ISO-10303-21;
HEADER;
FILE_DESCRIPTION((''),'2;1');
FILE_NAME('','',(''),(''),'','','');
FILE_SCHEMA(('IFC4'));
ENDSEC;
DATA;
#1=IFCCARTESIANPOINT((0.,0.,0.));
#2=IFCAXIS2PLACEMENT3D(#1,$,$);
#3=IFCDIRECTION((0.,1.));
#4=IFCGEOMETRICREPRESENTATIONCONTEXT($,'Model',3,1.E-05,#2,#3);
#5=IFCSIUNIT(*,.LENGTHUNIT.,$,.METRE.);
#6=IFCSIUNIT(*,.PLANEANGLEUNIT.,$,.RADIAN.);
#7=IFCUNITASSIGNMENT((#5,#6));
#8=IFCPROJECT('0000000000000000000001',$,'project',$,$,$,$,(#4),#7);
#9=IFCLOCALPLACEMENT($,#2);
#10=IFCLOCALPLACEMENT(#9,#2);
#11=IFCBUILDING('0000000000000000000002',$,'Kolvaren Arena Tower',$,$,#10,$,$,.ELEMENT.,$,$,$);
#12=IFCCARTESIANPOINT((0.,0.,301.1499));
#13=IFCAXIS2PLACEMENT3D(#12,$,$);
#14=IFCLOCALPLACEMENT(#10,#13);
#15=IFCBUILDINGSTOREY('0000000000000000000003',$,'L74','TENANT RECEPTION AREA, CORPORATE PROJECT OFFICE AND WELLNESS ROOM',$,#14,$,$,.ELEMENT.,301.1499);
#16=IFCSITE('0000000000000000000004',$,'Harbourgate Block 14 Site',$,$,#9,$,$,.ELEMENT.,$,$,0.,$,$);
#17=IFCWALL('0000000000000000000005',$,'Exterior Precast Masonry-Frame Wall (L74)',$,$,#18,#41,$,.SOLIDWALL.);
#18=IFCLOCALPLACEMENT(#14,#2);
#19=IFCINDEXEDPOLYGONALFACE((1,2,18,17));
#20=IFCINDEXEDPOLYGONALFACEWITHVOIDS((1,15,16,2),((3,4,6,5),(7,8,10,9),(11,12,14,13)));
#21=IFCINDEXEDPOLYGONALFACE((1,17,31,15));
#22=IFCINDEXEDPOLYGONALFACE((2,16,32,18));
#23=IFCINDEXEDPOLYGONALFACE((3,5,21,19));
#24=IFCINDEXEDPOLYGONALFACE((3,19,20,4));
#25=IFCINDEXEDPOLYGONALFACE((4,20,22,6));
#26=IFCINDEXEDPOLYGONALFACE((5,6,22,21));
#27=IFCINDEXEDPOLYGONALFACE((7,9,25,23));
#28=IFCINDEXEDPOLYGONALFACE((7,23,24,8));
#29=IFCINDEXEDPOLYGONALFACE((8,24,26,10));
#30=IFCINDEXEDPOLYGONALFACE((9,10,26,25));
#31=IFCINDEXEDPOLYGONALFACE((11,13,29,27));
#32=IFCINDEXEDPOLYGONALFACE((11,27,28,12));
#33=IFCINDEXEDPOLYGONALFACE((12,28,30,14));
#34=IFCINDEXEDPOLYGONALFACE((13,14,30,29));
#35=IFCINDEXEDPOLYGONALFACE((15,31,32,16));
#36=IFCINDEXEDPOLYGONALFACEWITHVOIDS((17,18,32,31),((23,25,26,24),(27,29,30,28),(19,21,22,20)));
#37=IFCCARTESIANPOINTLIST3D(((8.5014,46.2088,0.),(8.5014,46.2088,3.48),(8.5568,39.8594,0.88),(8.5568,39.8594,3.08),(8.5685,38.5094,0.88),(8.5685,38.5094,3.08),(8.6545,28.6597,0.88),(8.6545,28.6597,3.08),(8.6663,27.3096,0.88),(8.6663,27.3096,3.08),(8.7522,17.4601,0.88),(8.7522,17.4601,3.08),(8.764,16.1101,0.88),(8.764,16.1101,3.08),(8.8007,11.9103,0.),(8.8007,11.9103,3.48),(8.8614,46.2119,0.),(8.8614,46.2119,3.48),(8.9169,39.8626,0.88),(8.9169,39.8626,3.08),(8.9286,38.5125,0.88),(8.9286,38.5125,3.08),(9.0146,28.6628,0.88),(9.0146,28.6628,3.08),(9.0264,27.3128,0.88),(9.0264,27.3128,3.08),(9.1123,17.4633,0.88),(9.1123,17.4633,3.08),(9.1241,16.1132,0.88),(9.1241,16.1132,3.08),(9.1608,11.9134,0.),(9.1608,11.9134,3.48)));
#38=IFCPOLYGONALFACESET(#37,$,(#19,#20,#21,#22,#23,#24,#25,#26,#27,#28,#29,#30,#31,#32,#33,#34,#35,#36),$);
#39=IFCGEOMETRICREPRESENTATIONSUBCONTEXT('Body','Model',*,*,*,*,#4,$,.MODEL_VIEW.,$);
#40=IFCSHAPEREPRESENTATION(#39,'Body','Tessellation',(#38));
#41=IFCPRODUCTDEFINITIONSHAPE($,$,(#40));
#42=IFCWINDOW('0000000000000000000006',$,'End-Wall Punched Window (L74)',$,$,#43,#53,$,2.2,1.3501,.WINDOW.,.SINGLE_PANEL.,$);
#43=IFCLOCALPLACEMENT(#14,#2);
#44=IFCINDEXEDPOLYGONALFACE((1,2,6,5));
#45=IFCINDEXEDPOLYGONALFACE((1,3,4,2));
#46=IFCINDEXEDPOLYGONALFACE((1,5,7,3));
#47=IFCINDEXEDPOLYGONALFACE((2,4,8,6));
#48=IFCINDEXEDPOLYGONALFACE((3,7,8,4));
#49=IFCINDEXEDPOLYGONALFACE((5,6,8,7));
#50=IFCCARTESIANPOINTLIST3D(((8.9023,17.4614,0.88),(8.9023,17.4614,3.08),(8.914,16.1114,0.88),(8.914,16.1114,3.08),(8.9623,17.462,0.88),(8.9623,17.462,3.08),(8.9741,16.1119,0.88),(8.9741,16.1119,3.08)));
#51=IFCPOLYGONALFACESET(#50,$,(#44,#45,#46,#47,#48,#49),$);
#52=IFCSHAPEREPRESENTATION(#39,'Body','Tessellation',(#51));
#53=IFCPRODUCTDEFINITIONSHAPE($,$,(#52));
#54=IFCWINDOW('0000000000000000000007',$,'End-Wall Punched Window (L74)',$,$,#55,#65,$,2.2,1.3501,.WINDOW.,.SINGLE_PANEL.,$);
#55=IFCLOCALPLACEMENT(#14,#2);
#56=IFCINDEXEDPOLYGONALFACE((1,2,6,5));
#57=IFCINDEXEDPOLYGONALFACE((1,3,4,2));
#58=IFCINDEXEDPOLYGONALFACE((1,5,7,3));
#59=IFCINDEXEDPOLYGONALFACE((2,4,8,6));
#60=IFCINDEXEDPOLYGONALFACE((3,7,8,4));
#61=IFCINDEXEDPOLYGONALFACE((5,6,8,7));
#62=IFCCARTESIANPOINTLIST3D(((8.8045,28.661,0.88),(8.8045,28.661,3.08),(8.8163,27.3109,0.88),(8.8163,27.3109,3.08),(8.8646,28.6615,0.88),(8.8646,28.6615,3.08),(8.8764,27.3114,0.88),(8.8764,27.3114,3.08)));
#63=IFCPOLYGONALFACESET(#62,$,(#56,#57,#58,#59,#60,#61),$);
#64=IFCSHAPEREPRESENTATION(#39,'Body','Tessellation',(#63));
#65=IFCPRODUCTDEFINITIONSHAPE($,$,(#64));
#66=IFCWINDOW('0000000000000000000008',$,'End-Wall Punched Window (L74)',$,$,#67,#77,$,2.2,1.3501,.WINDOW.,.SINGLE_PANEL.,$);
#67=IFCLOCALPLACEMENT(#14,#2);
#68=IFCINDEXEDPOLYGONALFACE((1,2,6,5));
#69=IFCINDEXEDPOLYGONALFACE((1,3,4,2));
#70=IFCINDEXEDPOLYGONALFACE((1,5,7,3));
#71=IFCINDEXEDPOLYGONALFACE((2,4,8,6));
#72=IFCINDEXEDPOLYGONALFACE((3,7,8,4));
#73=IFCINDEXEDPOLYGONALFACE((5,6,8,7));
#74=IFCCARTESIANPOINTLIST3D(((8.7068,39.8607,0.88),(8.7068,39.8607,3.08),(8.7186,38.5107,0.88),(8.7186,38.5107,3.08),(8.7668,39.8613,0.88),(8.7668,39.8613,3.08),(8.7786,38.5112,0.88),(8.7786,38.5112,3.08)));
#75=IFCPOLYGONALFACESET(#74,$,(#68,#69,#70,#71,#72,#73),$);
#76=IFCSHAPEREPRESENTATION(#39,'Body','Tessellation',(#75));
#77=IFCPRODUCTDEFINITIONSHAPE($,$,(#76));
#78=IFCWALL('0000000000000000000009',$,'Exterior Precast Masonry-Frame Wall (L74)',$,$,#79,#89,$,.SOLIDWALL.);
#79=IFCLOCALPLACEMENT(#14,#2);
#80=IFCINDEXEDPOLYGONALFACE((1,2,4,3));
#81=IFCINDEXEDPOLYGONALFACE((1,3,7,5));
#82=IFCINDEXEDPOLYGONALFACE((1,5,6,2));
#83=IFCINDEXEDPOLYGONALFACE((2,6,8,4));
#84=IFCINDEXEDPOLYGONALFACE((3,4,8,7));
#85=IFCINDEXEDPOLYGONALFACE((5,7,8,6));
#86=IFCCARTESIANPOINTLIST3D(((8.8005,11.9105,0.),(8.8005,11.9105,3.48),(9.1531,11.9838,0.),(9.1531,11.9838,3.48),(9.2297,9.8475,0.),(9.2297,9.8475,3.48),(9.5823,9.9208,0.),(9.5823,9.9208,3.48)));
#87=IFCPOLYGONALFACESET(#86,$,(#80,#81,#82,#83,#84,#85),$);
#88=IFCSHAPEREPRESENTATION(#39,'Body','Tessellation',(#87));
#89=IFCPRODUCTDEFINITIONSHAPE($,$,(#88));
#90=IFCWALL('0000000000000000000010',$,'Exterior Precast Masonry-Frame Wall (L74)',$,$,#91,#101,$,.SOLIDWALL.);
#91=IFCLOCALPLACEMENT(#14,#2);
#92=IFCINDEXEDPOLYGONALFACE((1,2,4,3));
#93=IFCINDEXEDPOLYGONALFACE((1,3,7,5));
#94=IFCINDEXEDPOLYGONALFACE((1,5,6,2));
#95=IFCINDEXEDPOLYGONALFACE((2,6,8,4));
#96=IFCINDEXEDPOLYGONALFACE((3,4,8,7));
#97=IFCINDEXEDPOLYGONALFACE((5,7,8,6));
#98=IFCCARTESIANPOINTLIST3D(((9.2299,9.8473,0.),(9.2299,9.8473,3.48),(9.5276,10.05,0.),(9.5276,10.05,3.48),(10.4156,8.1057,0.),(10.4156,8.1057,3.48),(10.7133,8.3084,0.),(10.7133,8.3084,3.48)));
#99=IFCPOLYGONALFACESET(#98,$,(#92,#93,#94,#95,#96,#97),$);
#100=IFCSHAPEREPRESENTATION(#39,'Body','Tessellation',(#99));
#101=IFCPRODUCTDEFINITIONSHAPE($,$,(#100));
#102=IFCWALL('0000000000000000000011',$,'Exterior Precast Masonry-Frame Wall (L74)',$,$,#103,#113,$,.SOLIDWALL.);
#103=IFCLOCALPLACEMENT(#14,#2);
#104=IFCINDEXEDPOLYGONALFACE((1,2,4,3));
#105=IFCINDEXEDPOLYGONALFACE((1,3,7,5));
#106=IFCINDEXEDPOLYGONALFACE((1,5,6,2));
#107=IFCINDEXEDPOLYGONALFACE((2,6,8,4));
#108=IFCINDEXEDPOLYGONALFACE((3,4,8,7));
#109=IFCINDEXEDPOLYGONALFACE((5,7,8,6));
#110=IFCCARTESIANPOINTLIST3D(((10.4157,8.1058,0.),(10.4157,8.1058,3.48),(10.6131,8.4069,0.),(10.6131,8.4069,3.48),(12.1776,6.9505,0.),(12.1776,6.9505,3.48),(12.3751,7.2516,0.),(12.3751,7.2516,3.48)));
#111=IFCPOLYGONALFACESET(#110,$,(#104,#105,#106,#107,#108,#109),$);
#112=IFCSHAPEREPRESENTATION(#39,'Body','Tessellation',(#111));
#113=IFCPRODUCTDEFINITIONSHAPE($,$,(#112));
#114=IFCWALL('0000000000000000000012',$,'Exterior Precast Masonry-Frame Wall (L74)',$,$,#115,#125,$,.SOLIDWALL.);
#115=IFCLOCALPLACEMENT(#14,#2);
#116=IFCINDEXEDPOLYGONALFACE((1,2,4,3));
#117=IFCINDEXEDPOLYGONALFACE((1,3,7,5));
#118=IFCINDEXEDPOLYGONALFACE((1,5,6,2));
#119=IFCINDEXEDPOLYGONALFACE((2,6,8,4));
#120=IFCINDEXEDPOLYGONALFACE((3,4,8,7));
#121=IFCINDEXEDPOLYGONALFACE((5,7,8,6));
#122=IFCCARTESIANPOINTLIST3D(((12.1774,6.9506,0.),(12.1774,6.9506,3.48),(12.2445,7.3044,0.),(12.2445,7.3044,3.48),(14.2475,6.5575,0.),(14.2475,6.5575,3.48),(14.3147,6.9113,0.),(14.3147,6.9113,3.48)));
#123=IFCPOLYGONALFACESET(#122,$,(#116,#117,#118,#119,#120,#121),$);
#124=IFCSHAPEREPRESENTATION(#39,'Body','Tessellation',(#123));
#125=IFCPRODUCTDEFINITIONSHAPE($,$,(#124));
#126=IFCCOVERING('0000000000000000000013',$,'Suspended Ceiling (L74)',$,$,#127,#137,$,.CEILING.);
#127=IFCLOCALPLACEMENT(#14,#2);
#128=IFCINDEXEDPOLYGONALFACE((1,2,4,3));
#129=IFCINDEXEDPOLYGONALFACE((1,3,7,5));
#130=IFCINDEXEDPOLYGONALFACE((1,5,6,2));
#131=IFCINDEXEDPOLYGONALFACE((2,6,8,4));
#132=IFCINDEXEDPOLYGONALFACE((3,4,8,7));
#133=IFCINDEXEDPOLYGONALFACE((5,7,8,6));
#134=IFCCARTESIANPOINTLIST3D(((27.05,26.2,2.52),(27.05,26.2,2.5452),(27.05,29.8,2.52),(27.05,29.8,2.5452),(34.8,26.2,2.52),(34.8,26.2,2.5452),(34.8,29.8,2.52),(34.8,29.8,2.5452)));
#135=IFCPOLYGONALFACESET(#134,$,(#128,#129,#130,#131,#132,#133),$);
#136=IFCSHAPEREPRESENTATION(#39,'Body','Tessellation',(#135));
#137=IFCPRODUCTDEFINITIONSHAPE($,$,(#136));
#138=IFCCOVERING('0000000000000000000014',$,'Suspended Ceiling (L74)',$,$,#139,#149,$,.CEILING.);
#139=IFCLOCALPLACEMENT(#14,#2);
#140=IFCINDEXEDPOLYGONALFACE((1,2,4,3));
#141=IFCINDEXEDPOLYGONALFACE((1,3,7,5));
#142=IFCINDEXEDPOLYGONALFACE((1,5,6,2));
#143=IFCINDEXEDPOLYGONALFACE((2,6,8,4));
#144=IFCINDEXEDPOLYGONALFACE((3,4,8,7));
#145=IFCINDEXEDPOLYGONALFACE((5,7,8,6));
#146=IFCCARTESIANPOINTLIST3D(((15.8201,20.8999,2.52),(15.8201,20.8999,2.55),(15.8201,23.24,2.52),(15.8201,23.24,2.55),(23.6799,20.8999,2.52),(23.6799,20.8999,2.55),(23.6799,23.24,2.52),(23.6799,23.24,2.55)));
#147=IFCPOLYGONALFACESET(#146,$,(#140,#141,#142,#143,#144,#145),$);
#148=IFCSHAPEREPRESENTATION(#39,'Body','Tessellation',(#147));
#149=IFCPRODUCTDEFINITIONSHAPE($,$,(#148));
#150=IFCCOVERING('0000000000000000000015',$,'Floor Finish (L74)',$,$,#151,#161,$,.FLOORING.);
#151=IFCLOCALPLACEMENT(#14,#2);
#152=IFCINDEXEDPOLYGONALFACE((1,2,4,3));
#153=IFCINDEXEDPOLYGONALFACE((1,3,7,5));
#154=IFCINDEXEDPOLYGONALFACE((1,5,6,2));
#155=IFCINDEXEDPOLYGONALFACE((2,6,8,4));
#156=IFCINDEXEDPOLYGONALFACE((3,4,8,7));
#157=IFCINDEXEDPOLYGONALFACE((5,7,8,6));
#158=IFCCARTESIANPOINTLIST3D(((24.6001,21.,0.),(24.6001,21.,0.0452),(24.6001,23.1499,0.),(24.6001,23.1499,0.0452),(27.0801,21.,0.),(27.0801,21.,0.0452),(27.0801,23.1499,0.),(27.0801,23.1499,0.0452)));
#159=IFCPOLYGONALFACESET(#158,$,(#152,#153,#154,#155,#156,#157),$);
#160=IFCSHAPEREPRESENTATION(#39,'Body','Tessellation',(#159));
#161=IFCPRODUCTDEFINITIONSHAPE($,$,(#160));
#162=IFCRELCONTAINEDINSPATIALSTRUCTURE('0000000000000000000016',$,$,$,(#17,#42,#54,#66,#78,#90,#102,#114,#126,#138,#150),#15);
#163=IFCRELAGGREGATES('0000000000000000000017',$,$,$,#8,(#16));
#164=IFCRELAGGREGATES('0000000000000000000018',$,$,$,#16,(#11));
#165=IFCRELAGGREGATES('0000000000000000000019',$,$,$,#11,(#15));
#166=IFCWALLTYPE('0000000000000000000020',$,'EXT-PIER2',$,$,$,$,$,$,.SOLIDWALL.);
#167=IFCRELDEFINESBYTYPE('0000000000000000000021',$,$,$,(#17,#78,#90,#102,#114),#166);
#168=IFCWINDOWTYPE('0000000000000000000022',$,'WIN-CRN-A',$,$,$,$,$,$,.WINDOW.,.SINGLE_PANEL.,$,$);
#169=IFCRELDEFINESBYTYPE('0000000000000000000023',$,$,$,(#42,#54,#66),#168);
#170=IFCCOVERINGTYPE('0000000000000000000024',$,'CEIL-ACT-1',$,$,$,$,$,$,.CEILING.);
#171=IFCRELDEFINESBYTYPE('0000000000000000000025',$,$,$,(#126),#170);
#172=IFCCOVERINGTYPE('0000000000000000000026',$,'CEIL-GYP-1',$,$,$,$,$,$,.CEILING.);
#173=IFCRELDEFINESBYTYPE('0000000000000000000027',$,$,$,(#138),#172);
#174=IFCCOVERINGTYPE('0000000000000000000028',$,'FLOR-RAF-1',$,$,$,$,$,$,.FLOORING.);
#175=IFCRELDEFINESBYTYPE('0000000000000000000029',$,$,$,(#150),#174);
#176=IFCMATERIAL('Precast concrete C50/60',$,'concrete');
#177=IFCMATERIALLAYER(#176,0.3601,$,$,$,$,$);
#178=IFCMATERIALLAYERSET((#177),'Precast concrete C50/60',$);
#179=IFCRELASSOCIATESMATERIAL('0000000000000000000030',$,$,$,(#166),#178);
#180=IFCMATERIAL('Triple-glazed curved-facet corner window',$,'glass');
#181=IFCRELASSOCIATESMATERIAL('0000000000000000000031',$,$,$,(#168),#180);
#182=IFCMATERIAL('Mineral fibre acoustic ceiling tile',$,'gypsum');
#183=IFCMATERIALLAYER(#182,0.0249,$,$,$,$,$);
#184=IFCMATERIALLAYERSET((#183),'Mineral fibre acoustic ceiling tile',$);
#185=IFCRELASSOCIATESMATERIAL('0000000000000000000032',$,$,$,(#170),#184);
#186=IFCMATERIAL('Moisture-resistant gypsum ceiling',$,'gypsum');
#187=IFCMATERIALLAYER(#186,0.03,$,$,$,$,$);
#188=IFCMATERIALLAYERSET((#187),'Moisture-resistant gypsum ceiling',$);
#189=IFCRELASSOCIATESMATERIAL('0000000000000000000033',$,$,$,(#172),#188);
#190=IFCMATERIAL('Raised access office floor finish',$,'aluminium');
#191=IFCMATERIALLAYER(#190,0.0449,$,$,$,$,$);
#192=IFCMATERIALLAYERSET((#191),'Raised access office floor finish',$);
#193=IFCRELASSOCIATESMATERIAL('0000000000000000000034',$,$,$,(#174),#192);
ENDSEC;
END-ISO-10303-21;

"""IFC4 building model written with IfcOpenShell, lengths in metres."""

from ifc_helpers import new_model, si_unit, direction, frame, frame_2d, origin, place, context, subcontext, project, spatial, polyline, rectangle, outline, extrude, material, layer, layer_set, type_object, element, fill, save


model = new_model("IFC4")

# Units and contexts
model_context = context("Model", 3, precision=1e-05, world=origin(), true_north=direction((0.0, 1.0)))
body_context = subcontext(model_context, "Body", "Model", "MODEL_VIEW")
ifc_project = project(units=[si_unit("LENGTHUNIT", "METRE"), si_unit("PLANEANGLEUNIT", "RADIAN")], contexts=[model_context])

# Site, building, storey
site_placement = place(None, origin())
site = spatial("IfcSite", under=ifc_project, at=site_placement, Name="Harbourgate Block 14 Site", CompositionType="ELEMENT", RefElevation=0.0)
building_placement = place(site_placement, origin())
building = spatial("IfcBuilding", under=site, at=building_placement, Name="Kolvaren Arena Tower", CompositionType="ELEMENT")
storey_placement = place(building_placement, frame((0.0, 0.0, 301.1499)))
storey = spatial("IfcBuildingStorey", under=building, at=storey_placement, Name="L74", Description="TENANT RECEPTION AREA, CORPORATE PROJECT OFFICE AND WELLNESS ROOM", CompositionType="ELEMENT", Elevation=301.1499)

# Shared definitions
ifc_material_1 = material(Name="Precast concrete C50/60", Category="concrete")

# Wall, openings, windows
ifc_layer_1 = layer(ifc_material_1, 0.3601)
ifc_layer_set_1 = layer_set([ifc_layer_1], Name="Precast concrete C50/60")
wall_type = type_object("IfcWallType", Name="EXT-PIER2", PredefinedType="SOLIDWALL", material=ifc_layer_set_1)
wall_1_placement = place(storey_placement, frame((8.9807, 11.9119, 0.0), z_axis=(0.0, 0.0, 1.0), x_axis=(-0.008726, 0.999962, 0.0)))
wall_1 = element("IfcWall", 1, at=wall_1_placement, inside=storey, type_object=wall_type, Name="Exterior Precast Masonry-Frame Wall (L74)", PredefinedType="SOLIDWALL", context=body_context, shape_type="SweptSolid", body=[
    extrude(rectangle(XDim=34.2998, YDim=0.3601, at=frame_2d((17.1499, 0.0))), origin(), (0.0, 0.0, 1.0), 3.48),
])
opening_1_placement = place(wall_1_placement, frame((4.2, 0.0, 0.8799)))
opening_1 = element("IfcOpeningElement", 2, at=opening_1_placement, cuts=wall_1, PredefinedType="OPENING", context=body_context, shape_type="SweptSolid", body=[
    extrude(rectangle(XDim=1.3501, YDim=2.2, at=frame_2d((0.675, 1.1001))), frame((0.0, 0.1899, 0.0), z_axis=(0.0, -1.0, 0.0), x_axis=(1.0, 0.0, 0.0)), (0.0, 0.0, 1.0), 0.3801),
])
opening_2_placement = place(wall_1_placement, frame((15.3999, 0.0, 0.8799)))
opening_2 = element("IfcOpeningElement", 3, at=opening_2_placement, cuts=wall_1, PredefinedType="OPENING", context=body_context, shape_type="SweptSolid", body=[
    extrude(rectangle(XDim=1.3501, YDim=2.2, at=frame_2d((0.675, 1.1001))), frame((0.0, 0.1899, 0.0), z_axis=(0.0, -1.0, 0.0), x_axis=(1.0, 0.0, 0.0)), (0.0, 0.0, 1.0), 0.3801),
])
opening_3_placement = place(wall_1_placement, frame((26.6001, 0.0, 0.8799)))
opening_3 = element("IfcOpeningElement", 4, at=opening_3_placement, cuts=wall_1, PredefinedType="OPENING", context=body_context, shape_type="SweptSolid", body=[
    extrude(rectangle(XDim=1.3501, YDim=2.2, at=frame_2d((0.675, 1.1001))), frame((0.0, 0.1899, 0.0), z_axis=(0.0, -1.0, 0.0), x_axis=(1.0, 0.0, 0.0)), (0.0, 0.0, 1.0), 0.3801),
])
ifc_material_2 = material(Name="Triple-glazed curved-facet corner window", Category="glass")
window_type = type_object("IfcWindowType", Name="WIN-CRN-A", PartitioningType="SINGLE_PANEL", PredefinedType="WINDOW", material=ifc_material_2)
window_1_placement = place(opening_1_placement, origin())
window_1 = element("IfcWindow", 5, at=window_1_placement, inside=storey, type_object=window_type, Name="End-Wall Punched Window (L74)", OverallHeight=2.2, OverallWidth=1.3501, PartitioningType="SINGLE_PANEL", PredefinedType="WINDOW", context=body_context, shape_type="SweptSolid", body=[
    extrude(rectangle(XDim=1.3501, YDim=2.2, at=frame_2d((0.675, 1.1001))), frame((0.0, 0.03, 0.0), z_axis=(0.0, -1.0, 0.0), x_axis=(1.0, 0.0, 0.0)), (0.0, 0.0, 1.0), 0.0601),
])
fill(opening_1, window_1)
window_2_placement = place(opening_2_placement, origin())
window_2 = element("IfcWindow", 6, at=window_2_placement, inside=storey, type_object=window_type, Name="End-Wall Punched Window (L74)", OverallHeight=2.2, OverallWidth=1.3501, PartitioningType="SINGLE_PANEL", PredefinedType="WINDOW", context=body_context, shape_type="SweptSolid", body=[
    extrude(rectangle(XDim=1.3501, YDim=2.2, at=frame_2d((0.675, 1.1001))), frame((0.0, 0.03, 0.0), z_axis=(0.0, -1.0, 0.0), x_axis=(1.0, 0.0, 0.0)), (0.0, 0.0, 1.0), 0.0601),
])
fill(opening_2, window_2)
window_3_placement = place(opening_3_placement, origin())
window_3 = element("IfcWindow", 7, at=window_3_placement, inside=storey, type_object=window_type, Name="End-Wall Punched Window (L74)", OverallHeight=2.2, OverallWidth=1.3501, PartitioningType="SINGLE_PANEL", PredefinedType="WINDOW", context=body_context, shape_type="SweptSolid", body=[
    extrude(rectangle(XDim=1.3501, YDim=2.2, at=frame_2d((0.675, 1.1001))), frame((0.0, 0.03, 0.0), z_axis=(0.0, -1.0, 0.0), x_axis=(1.0, 0.0, 0.0)), (0.0, 0.0, 1.0), 0.0601),
])
fill(opening_3, window_3)

# Walls
wall_2_placement = place(storey_placement, frame((9.406, 9.884, 0.0), z_axis=(0.0, 0.0, 1.0), x_axis=(-0.203686, 0.979036, 0.0)))
element("IfcWall", 8, at=wall_2_placement, inside=storey, type_object=wall_type, Name="Exterior Precast Masonry-Frame Wall (L74)", PredefinedType="SOLIDWALL", context=body_context, shape_type="SweptSolid", body=[
    extrude(rectangle(XDim=2.1072, YDim=0.3601, at=frame_2d((1.0537, 0.0))), origin(), (0.0, 0.0, 1.0), 3.48),
])
for number, where, z_axis, x_axis, name in (
    (9, (10.5645, 8.207, 0.0), (0.0, 0.0, 1.0), (-0.562776, 0.82661, 0.0), "Exterior Precast Masonry-Frame Wall (L74)"),
    (10, (12.2764, 7.1011, 0.0), (0.0, 0.0, 1.0), (-0.836269, 0.54832, 0.0), "Exterior Precast Masonry-Frame Wall (L74)"),
):
    element("IfcWall", number, at=place(storey_placement, frame(where, z_axis=z_axis, x_axis=x_axis)), inside=storey, type_object=wall_type, Name=name, PredefinedType="SOLIDWALL", context=body_context, shape_type="SweptSolid", body=[
        extrude(rectangle(XDim=2.1069, YDim=0.3601, at=frame_2d((1.0535, 0.0))), origin(), (0.0, 0.0, 1.0), 3.48),
    ])
wall_3_placement = place(storey_placement, frame((14.2812, 6.7344, 0.0), z_axis=(0.0, 0.0, 1.0), x_axis=(-0.982446, 0.186548, 0.0)))
element("IfcWall", 11, at=wall_3_placement, inside=storey, type_object=wall_type, Name="Exterior Precast Masonry-Frame Wall (L74)", PredefinedType="SOLIDWALL", context=body_context, shape_type="SweptSolid", body=[
    extrude(rectangle(XDim=2.1072, YDim=0.3601, at=frame_2d((1.0537, 0.0))), origin(), (0.0, 0.0, 1.0), 3.48),
])

# Coverings
ifc_material_3 = material(Name="Mineral fibre acoustic ceiling tile", Category="gypsum")
ifc_layer_2 = layer(ifc_material_3, 0.0249)
ifc_layer_set_2 = layer_set([ifc_layer_2], Name="Mineral fibre acoustic ceiling tile")
covering_type_1 = type_object("IfcCoveringType", Name="CEIL-ACT-1", PredefinedType="CEILING", material=ifc_layer_set_2)
covering_1_placement = place(storey_placement, frame((0.0, 0.0, 2.52)))
element("IfcCovering", 12, at=covering_1_placement, inside=storey, type_object=covering_type_1, Name="Suspended Ceiling (L74)", PredefinedType="CEILING", context=body_context, shape_type="SweptSolid", body=[
    extrude(outline(polyline([(27.05, 26.2), (27.05, 29.8), (34.8, 29.8), (34.8, 26.2), (27.05, 26.2)])), origin(), (0.0, 0.0, 1.0), 0.0251),
])
ifc_material_4 = material(Name="Moisture-resistant gypsum ceiling", Category="gypsum")
ifc_layer_3 = layer(ifc_material_4, 0.03)
ifc_layer_set_3 = layer_set([ifc_layer_3], Name="Moisture-resistant gypsum ceiling")
covering_type_2 = type_object("IfcCoveringType", Name="CEIL-GYP-1", PredefinedType="CEILING", material=ifc_layer_set_3)
covering_2_placement = place(storey_placement, frame((0.0, 0.0, 2.52)))
element("IfcCovering", 13, at=covering_2_placement, inside=storey, type_object=covering_type_2, Name="Suspended Ceiling (L74)", PredefinedType="CEILING", context=body_context, shape_type="SweptSolid", body=[
    extrude(outline(polyline([(15.8201, 20.8999), (15.8201, 23.24), (23.6799, 23.24), (23.6799, 20.8999), (15.8201, 20.8999)])), origin(), (0.0, 0.0, 1.0), 0.03),
])
ifc_material_5 = material(Name="Raised access office floor finish", Category="aluminium")
ifc_layer_4 = layer(ifc_material_5, 0.0449)
ifc_layer_set_4 = layer_set([ifc_layer_4], Name="Raised access office floor finish")
covering_type_3 = type_object("IfcCoveringType", Name="FLOR-RAF-1", PredefinedType="FLOORING", material=ifc_layer_set_4)
covering_3_placement = place(storey_placement, origin())
element("IfcCovering", 14, at=covering_3_placement, inside=storey, type_object=covering_type_3, Name="Floor Finish (L74)", PredefinedType="FLOORING", context=body_context, shape_type="SweptSolid", body=[
    extrude(outline(polyline([(24.6001, 21.0), (24.6001, 23.1499), (27.0801, 23.1499), (27.0801, 21.0), (24.6001, 21.0)])), origin(), (0.0, 0.0, 1.0), 0.0452),
])

save(model, "model.ifc")
